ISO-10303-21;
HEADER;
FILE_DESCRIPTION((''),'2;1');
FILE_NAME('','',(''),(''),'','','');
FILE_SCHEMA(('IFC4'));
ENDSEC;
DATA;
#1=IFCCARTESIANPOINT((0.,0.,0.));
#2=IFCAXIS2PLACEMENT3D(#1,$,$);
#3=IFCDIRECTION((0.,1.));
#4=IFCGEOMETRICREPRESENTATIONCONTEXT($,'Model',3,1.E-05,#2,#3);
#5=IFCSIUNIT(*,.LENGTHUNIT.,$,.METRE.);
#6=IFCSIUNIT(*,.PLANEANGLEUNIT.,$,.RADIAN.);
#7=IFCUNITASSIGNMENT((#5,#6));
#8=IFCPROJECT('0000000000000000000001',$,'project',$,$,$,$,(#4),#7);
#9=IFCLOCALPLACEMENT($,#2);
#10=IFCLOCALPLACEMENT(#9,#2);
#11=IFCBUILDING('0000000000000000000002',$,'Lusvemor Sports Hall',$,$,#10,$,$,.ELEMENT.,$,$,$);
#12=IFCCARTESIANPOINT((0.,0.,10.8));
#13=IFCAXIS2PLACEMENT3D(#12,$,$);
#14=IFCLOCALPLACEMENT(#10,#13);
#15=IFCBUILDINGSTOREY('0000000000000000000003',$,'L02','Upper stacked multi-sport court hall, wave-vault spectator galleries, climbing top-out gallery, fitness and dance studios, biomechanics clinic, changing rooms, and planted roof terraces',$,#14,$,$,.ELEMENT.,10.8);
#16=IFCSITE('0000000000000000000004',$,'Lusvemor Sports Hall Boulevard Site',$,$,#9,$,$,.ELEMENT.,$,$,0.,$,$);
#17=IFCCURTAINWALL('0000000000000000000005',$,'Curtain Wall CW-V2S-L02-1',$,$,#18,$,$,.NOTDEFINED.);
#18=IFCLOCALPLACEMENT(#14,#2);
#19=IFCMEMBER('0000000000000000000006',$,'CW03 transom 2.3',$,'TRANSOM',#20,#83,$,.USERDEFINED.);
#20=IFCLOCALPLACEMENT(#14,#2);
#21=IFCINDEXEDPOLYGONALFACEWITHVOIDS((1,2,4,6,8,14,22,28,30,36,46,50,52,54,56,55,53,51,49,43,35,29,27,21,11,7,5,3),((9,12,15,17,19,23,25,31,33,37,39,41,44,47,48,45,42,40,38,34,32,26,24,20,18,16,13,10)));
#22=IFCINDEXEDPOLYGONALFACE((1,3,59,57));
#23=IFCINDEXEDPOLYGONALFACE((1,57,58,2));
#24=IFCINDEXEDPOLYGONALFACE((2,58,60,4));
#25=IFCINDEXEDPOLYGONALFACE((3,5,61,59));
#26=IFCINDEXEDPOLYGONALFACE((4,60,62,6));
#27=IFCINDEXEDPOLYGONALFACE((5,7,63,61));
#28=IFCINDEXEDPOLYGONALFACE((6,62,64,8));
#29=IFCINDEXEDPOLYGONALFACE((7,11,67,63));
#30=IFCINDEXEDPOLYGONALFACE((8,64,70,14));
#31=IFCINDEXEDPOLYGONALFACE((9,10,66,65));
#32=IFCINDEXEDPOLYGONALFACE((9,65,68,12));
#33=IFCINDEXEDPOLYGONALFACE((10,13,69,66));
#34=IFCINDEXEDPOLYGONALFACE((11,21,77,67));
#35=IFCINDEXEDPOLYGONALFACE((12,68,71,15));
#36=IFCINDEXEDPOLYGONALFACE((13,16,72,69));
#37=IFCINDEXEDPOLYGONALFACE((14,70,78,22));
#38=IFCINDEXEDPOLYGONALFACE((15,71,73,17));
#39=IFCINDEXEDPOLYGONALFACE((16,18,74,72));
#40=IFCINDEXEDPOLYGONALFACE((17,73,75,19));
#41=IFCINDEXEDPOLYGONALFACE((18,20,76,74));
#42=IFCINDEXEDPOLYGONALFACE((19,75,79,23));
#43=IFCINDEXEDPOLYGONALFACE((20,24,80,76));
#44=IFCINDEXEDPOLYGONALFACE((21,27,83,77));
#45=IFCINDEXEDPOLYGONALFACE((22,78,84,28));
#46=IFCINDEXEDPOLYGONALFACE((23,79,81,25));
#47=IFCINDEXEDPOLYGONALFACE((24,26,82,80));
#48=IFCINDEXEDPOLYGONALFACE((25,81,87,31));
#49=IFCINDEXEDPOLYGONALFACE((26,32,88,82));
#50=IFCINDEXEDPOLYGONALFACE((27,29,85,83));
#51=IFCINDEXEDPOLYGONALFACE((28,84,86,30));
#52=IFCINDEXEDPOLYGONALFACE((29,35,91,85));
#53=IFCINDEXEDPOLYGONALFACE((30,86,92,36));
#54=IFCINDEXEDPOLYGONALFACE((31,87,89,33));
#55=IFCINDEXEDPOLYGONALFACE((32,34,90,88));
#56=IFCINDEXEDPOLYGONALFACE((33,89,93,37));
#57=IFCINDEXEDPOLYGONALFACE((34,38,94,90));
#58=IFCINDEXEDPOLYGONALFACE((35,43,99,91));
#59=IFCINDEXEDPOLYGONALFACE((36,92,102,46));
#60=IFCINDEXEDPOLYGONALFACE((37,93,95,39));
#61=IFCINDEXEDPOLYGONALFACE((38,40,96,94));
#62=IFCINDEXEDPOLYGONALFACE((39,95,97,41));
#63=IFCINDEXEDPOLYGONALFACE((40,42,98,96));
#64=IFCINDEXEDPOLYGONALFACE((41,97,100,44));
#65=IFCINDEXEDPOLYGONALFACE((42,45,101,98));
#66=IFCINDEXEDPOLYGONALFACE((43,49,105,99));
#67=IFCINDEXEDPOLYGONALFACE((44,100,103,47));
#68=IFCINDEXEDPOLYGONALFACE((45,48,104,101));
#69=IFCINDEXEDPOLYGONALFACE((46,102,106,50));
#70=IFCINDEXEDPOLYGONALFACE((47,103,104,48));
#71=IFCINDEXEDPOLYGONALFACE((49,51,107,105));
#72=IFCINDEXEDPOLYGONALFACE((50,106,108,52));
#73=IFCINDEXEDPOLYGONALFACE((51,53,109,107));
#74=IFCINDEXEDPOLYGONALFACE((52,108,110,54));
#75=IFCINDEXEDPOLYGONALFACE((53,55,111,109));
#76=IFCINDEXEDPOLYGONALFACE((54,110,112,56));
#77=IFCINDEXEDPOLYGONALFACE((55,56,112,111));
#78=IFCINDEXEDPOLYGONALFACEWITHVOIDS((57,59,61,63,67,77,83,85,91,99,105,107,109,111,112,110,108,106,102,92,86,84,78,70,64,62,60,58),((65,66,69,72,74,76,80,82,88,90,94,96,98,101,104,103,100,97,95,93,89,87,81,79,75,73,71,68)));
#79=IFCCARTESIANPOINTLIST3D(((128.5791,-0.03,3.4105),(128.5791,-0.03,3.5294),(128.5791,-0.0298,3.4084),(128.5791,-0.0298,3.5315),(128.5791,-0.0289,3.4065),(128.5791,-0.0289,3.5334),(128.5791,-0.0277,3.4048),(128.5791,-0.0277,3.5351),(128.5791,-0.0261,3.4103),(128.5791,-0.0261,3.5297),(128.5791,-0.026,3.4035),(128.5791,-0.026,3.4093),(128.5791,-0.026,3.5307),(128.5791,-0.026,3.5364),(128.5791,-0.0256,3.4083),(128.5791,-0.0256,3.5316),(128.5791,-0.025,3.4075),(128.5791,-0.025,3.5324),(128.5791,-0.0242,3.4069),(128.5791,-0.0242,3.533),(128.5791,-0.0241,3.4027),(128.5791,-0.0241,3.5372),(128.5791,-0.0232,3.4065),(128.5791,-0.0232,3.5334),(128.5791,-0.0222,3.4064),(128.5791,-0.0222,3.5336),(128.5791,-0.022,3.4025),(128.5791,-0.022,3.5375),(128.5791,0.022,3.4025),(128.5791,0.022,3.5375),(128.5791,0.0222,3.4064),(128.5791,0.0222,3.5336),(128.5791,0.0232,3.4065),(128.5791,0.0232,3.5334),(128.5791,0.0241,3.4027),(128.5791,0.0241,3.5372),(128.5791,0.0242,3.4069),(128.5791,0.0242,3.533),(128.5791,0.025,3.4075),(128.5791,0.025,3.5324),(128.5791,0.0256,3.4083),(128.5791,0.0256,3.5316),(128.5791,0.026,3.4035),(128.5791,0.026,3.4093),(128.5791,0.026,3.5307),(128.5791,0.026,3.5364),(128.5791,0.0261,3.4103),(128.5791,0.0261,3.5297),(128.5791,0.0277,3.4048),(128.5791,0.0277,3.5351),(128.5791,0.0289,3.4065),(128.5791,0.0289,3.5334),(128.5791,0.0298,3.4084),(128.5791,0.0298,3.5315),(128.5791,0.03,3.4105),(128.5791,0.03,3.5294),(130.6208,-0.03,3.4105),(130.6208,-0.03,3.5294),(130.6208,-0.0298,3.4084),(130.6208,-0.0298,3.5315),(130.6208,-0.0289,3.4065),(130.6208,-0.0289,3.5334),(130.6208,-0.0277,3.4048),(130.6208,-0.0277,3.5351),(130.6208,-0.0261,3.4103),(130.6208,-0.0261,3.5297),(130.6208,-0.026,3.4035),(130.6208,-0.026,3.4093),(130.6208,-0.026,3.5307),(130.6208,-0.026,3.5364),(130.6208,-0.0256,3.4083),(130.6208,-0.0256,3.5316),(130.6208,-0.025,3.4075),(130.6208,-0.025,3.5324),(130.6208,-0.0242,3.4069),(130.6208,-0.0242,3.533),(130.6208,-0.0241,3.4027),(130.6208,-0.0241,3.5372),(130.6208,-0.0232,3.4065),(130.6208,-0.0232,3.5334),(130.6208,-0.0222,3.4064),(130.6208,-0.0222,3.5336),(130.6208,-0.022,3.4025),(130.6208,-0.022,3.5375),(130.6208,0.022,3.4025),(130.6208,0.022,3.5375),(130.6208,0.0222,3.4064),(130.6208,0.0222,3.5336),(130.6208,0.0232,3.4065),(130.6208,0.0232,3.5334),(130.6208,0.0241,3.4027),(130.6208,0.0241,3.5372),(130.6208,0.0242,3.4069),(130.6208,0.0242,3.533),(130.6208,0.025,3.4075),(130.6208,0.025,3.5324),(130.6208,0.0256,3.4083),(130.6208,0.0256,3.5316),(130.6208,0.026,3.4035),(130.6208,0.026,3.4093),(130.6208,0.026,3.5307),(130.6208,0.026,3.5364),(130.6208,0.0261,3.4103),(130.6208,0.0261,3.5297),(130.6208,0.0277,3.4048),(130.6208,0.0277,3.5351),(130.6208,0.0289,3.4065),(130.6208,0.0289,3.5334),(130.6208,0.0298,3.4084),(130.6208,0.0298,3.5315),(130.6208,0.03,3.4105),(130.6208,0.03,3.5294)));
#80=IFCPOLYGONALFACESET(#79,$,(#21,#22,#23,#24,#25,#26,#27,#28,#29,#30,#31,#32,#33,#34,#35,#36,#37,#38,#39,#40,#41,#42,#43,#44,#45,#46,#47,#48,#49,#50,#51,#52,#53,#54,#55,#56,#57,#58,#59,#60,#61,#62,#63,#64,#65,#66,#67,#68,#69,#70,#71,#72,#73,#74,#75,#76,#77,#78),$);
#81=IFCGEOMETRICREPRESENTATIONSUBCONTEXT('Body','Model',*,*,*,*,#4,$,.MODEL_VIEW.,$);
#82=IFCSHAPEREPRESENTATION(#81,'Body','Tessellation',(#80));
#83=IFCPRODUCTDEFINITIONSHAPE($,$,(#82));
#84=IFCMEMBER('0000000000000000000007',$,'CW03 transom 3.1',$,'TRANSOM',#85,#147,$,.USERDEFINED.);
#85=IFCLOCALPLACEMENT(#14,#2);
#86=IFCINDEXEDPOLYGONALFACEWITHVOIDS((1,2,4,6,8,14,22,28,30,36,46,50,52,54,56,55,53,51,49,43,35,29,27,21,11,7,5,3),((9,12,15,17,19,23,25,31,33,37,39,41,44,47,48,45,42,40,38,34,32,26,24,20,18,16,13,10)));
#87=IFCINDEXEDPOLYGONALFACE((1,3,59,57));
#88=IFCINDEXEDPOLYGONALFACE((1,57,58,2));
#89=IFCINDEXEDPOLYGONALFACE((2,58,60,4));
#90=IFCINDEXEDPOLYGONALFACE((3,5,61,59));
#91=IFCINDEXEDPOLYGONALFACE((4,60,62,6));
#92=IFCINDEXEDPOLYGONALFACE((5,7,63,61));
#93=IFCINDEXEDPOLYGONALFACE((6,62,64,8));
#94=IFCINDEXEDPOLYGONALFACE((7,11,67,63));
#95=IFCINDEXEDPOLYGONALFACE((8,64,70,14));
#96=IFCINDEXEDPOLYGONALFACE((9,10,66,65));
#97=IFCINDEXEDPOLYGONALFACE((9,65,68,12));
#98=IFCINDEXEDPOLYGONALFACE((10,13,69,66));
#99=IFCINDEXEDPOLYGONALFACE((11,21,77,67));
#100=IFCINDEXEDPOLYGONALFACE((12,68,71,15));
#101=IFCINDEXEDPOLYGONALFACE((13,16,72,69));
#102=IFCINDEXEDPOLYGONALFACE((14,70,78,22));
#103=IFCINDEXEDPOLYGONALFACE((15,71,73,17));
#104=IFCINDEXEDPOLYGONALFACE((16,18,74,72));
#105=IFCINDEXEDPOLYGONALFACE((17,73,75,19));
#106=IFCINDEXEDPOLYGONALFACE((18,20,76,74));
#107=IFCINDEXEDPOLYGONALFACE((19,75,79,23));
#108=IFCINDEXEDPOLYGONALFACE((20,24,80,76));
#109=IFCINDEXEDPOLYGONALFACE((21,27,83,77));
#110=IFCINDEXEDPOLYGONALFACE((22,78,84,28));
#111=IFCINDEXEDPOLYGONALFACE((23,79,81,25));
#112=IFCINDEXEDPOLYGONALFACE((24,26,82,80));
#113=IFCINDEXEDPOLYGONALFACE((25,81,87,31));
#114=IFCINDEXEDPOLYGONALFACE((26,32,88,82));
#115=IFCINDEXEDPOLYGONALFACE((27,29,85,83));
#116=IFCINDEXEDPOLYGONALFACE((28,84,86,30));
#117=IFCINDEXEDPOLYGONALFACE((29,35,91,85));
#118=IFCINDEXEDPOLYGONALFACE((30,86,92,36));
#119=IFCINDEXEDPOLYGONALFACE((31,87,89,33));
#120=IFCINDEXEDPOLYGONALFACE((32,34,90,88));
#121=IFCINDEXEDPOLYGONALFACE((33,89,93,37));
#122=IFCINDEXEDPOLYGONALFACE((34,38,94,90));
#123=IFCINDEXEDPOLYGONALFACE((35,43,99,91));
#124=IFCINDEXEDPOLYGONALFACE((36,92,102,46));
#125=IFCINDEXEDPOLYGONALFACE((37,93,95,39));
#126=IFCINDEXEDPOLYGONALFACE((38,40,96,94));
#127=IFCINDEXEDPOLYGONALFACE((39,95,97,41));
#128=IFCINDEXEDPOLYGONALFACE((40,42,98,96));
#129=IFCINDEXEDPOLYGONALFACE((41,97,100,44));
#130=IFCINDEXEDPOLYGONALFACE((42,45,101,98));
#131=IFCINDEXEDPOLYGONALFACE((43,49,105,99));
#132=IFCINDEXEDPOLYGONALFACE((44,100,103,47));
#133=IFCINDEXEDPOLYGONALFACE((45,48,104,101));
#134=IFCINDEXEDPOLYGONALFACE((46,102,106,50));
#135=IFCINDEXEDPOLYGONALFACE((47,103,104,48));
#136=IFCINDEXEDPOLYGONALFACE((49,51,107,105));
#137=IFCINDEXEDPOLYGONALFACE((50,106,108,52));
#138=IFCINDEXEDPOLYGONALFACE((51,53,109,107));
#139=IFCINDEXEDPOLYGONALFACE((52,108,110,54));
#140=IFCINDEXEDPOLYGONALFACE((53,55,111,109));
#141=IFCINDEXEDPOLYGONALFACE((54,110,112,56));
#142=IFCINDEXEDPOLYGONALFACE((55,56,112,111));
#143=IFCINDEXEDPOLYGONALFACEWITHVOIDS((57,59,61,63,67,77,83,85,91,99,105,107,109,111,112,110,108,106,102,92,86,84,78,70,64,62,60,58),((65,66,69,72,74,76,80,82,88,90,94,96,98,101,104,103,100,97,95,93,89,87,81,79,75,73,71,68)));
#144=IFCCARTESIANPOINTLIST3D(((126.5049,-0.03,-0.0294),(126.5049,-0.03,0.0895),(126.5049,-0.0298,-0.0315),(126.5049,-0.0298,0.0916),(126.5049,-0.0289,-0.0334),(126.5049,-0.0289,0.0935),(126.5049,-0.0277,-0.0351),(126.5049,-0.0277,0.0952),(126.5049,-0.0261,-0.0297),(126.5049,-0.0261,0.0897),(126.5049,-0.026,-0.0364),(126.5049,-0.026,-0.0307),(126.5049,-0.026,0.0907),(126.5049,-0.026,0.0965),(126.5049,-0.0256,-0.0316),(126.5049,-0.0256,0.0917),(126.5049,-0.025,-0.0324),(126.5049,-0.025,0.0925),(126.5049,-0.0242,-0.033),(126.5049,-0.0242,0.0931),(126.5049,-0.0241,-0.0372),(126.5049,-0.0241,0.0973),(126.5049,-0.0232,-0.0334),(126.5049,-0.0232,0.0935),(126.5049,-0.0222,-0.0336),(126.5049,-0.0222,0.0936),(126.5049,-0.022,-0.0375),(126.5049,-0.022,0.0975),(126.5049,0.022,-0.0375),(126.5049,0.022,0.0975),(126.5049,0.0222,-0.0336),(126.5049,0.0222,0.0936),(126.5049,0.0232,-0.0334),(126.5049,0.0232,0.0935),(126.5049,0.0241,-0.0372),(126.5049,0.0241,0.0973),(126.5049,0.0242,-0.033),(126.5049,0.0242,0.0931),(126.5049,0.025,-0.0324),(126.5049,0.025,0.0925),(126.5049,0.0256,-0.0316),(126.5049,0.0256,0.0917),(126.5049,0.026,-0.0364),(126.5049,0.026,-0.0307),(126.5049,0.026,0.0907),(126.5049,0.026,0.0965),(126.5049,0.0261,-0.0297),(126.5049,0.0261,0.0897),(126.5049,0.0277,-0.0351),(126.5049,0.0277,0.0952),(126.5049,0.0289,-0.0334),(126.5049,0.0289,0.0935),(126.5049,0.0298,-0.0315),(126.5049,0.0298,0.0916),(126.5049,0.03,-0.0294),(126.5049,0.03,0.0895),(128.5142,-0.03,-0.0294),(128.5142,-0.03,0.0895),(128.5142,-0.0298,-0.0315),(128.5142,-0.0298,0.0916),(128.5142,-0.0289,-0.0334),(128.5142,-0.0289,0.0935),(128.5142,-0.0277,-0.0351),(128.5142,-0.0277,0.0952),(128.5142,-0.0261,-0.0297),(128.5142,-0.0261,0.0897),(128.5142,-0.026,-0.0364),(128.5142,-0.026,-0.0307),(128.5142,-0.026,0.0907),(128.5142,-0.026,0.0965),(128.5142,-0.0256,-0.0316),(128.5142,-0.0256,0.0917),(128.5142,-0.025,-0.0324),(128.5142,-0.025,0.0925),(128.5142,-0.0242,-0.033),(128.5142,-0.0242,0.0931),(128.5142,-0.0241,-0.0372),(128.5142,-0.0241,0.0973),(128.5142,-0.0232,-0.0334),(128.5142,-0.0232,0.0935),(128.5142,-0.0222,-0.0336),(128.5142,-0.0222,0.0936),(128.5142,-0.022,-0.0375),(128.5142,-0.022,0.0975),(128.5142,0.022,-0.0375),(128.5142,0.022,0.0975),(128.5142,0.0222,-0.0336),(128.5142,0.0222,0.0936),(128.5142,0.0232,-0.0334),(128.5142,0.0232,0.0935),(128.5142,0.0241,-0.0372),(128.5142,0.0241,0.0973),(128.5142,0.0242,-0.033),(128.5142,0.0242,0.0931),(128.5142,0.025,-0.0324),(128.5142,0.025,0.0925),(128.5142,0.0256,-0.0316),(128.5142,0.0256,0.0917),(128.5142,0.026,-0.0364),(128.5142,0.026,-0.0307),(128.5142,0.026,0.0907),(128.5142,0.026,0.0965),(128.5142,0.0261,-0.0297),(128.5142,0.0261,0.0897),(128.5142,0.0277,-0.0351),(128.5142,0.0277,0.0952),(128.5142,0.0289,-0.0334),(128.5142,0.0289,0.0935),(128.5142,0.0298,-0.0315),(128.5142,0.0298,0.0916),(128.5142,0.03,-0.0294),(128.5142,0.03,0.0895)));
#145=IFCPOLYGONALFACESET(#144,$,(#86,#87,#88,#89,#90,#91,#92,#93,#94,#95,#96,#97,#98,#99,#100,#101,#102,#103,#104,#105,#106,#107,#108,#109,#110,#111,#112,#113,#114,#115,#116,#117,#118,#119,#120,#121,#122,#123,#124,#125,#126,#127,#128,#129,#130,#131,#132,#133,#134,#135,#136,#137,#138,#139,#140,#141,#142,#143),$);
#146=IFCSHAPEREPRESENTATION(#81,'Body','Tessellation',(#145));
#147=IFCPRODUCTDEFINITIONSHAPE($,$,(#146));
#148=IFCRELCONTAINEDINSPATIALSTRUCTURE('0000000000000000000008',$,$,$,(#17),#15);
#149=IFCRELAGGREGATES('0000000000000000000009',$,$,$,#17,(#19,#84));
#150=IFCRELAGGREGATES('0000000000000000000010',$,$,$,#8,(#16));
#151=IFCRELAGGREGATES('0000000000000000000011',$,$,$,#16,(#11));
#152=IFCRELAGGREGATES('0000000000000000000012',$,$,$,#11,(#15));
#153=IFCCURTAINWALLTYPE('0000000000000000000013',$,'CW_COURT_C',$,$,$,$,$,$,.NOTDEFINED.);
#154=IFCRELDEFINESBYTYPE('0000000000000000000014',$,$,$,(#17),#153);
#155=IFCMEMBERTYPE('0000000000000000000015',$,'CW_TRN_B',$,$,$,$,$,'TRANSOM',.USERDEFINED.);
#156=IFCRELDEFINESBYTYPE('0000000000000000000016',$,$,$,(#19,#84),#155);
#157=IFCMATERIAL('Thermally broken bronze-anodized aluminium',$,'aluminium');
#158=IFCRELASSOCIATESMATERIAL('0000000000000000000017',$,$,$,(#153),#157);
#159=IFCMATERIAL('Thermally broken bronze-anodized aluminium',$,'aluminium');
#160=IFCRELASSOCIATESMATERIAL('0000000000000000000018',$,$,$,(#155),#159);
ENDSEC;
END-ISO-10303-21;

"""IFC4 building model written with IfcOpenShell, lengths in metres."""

from ifc_helpers import new_model, si_unit, direction, frame, origin, origin_2d, place, context, subcontext, project, spatial, hollow_rectangle, extrude, material, material_profile, profile_set, type_object, element, aggregate, save


model = new_model("IFC4")

# Units and contexts
model_context = context("Model", 3, precision=1e-05, world=origin(), true_north=direction((0.0, 1.0)))
body_context = subcontext(model_context, "Body", "Model", "MODEL_VIEW")
ifc_project = project(units=[si_unit("LENGTHUNIT", "METRE"), si_unit("PLANEANGLEUNIT", "RADIAN")], contexts=[model_context])

# Site, building, storey
site_placement = place(None, origin())
site = spatial("IfcSite", under=ifc_project, at=site_placement, Name="Lusvemor Sports Hall Boulevard Site", CompositionType="ELEMENT", RefElevation=0.0)
building_placement = place(site_placement, origin())
building = spatial("IfcBuilding", under=site, at=building_placement, Name="Lusvemor Sports Hall", CompositionType="ELEMENT")
storey_placement = place(building_placement, frame((0.0, 0.0, 10.8)))
storey = spatial("IfcBuildingStorey", under=building, at=storey_placement, Name="L02", Description="Upper stacked multi-sport court hall, wave-vault spectator galleries, climbing top-out gallery, fitness and dance studios, biomechanics clinic, changing rooms, and planted roof terraces", CompositionType="ELEMENT", Elevation=10.8)

# Curtain wall, members
ifc_material_1 = material(Name="Thermally broken bronze-anodized aluminium", Category="aluminium")
curtain_wall_type = type_object("IfcCurtainWallType", Name="CW_COURT_C", PredefinedType="NOTDEFINED", material=ifc_material_1)
curtain_wall_placement = place(storey_placement, origin())
curtain_wall = element("IfcCurtainWall", 1, at=curtain_wall_placement, inside=storey, type_object=curtain_wall_type, Name="Curtain Wall CW-V2S-L02-1", PredefinedType="NOTDEFINED")
ifc_material_2 = material(Name="Thermally broken bronze-anodized aluminium", Category="aluminium")
ifc_material_profile_1 = material_profile(ifc_material_2, hollow_rectangle(XDim=0.0601, YDim=0.135, WallThickness=0.0039, InnerFilletRadius=0.0039, OuterFilletRadius=0.0081, at=origin_2d()), Name="CWTRN135x60x4")
ifc_profile_set_1 = profile_set([ifc_material_profile_1], Name="Thermally broken bronze-anodized aluminium")
member_type_1 = type_object("IfcMemberType", Name="CW_TRN_B", ElementType="TRANSOM", PredefinedType="USERDEFINED", material=ifc_profile_set_1)
member_1_placement = place(storey_placement, frame((130.6208, 0.0, 3.47), z_axis=(-1.0, 0.0, 0.0), x_axis=(0.0, -1.0, 0.0)))
member_1 = element("IfcMember", 2, at=member_1_placement, type_object=member_type_1, Name="CW03 transom 2.3", ObjectType="TRANSOM", PredefinedType="USERDEFINED", context=body_context, shape_type="SweptSolid", body=[
    extrude(hollow_rectangle(XDim=0.0601, YDim=0.135, WallThickness=0.0039, InnerFilletRadius=0.0039, OuterFilletRadius=0.0081, at=origin_2d()), origin(), (0.0, 0.0, 1.0), 2.0417),
])
member_2_placement = place(storey_placement, frame((128.5142, 0.0, 0.03), z_axis=(-1.0, 0.0, 0.0), x_axis=(0.0, -1.0, 0.0)))
member_2 = element("IfcMember", 3, at=member_2_placement, type_object=member_type_1, Name="CW03 transom 3.1", ObjectType="TRANSOM", PredefinedType="USERDEFINED", context=body_context, shape_type="SweptSolid", body=[
    extrude(hollow_rectangle(XDim=0.0601, YDim=0.135, WallThickness=0.0039, InnerFilletRadius=0.0039, OuterFilletRadius=0.0081, at=origin_2d()), origin(), (0.0, 0.0, 1.0), 2.0093),
])
aggregate(curtain_wall, [member_1, member_2])

save(model, "model.ifc")
